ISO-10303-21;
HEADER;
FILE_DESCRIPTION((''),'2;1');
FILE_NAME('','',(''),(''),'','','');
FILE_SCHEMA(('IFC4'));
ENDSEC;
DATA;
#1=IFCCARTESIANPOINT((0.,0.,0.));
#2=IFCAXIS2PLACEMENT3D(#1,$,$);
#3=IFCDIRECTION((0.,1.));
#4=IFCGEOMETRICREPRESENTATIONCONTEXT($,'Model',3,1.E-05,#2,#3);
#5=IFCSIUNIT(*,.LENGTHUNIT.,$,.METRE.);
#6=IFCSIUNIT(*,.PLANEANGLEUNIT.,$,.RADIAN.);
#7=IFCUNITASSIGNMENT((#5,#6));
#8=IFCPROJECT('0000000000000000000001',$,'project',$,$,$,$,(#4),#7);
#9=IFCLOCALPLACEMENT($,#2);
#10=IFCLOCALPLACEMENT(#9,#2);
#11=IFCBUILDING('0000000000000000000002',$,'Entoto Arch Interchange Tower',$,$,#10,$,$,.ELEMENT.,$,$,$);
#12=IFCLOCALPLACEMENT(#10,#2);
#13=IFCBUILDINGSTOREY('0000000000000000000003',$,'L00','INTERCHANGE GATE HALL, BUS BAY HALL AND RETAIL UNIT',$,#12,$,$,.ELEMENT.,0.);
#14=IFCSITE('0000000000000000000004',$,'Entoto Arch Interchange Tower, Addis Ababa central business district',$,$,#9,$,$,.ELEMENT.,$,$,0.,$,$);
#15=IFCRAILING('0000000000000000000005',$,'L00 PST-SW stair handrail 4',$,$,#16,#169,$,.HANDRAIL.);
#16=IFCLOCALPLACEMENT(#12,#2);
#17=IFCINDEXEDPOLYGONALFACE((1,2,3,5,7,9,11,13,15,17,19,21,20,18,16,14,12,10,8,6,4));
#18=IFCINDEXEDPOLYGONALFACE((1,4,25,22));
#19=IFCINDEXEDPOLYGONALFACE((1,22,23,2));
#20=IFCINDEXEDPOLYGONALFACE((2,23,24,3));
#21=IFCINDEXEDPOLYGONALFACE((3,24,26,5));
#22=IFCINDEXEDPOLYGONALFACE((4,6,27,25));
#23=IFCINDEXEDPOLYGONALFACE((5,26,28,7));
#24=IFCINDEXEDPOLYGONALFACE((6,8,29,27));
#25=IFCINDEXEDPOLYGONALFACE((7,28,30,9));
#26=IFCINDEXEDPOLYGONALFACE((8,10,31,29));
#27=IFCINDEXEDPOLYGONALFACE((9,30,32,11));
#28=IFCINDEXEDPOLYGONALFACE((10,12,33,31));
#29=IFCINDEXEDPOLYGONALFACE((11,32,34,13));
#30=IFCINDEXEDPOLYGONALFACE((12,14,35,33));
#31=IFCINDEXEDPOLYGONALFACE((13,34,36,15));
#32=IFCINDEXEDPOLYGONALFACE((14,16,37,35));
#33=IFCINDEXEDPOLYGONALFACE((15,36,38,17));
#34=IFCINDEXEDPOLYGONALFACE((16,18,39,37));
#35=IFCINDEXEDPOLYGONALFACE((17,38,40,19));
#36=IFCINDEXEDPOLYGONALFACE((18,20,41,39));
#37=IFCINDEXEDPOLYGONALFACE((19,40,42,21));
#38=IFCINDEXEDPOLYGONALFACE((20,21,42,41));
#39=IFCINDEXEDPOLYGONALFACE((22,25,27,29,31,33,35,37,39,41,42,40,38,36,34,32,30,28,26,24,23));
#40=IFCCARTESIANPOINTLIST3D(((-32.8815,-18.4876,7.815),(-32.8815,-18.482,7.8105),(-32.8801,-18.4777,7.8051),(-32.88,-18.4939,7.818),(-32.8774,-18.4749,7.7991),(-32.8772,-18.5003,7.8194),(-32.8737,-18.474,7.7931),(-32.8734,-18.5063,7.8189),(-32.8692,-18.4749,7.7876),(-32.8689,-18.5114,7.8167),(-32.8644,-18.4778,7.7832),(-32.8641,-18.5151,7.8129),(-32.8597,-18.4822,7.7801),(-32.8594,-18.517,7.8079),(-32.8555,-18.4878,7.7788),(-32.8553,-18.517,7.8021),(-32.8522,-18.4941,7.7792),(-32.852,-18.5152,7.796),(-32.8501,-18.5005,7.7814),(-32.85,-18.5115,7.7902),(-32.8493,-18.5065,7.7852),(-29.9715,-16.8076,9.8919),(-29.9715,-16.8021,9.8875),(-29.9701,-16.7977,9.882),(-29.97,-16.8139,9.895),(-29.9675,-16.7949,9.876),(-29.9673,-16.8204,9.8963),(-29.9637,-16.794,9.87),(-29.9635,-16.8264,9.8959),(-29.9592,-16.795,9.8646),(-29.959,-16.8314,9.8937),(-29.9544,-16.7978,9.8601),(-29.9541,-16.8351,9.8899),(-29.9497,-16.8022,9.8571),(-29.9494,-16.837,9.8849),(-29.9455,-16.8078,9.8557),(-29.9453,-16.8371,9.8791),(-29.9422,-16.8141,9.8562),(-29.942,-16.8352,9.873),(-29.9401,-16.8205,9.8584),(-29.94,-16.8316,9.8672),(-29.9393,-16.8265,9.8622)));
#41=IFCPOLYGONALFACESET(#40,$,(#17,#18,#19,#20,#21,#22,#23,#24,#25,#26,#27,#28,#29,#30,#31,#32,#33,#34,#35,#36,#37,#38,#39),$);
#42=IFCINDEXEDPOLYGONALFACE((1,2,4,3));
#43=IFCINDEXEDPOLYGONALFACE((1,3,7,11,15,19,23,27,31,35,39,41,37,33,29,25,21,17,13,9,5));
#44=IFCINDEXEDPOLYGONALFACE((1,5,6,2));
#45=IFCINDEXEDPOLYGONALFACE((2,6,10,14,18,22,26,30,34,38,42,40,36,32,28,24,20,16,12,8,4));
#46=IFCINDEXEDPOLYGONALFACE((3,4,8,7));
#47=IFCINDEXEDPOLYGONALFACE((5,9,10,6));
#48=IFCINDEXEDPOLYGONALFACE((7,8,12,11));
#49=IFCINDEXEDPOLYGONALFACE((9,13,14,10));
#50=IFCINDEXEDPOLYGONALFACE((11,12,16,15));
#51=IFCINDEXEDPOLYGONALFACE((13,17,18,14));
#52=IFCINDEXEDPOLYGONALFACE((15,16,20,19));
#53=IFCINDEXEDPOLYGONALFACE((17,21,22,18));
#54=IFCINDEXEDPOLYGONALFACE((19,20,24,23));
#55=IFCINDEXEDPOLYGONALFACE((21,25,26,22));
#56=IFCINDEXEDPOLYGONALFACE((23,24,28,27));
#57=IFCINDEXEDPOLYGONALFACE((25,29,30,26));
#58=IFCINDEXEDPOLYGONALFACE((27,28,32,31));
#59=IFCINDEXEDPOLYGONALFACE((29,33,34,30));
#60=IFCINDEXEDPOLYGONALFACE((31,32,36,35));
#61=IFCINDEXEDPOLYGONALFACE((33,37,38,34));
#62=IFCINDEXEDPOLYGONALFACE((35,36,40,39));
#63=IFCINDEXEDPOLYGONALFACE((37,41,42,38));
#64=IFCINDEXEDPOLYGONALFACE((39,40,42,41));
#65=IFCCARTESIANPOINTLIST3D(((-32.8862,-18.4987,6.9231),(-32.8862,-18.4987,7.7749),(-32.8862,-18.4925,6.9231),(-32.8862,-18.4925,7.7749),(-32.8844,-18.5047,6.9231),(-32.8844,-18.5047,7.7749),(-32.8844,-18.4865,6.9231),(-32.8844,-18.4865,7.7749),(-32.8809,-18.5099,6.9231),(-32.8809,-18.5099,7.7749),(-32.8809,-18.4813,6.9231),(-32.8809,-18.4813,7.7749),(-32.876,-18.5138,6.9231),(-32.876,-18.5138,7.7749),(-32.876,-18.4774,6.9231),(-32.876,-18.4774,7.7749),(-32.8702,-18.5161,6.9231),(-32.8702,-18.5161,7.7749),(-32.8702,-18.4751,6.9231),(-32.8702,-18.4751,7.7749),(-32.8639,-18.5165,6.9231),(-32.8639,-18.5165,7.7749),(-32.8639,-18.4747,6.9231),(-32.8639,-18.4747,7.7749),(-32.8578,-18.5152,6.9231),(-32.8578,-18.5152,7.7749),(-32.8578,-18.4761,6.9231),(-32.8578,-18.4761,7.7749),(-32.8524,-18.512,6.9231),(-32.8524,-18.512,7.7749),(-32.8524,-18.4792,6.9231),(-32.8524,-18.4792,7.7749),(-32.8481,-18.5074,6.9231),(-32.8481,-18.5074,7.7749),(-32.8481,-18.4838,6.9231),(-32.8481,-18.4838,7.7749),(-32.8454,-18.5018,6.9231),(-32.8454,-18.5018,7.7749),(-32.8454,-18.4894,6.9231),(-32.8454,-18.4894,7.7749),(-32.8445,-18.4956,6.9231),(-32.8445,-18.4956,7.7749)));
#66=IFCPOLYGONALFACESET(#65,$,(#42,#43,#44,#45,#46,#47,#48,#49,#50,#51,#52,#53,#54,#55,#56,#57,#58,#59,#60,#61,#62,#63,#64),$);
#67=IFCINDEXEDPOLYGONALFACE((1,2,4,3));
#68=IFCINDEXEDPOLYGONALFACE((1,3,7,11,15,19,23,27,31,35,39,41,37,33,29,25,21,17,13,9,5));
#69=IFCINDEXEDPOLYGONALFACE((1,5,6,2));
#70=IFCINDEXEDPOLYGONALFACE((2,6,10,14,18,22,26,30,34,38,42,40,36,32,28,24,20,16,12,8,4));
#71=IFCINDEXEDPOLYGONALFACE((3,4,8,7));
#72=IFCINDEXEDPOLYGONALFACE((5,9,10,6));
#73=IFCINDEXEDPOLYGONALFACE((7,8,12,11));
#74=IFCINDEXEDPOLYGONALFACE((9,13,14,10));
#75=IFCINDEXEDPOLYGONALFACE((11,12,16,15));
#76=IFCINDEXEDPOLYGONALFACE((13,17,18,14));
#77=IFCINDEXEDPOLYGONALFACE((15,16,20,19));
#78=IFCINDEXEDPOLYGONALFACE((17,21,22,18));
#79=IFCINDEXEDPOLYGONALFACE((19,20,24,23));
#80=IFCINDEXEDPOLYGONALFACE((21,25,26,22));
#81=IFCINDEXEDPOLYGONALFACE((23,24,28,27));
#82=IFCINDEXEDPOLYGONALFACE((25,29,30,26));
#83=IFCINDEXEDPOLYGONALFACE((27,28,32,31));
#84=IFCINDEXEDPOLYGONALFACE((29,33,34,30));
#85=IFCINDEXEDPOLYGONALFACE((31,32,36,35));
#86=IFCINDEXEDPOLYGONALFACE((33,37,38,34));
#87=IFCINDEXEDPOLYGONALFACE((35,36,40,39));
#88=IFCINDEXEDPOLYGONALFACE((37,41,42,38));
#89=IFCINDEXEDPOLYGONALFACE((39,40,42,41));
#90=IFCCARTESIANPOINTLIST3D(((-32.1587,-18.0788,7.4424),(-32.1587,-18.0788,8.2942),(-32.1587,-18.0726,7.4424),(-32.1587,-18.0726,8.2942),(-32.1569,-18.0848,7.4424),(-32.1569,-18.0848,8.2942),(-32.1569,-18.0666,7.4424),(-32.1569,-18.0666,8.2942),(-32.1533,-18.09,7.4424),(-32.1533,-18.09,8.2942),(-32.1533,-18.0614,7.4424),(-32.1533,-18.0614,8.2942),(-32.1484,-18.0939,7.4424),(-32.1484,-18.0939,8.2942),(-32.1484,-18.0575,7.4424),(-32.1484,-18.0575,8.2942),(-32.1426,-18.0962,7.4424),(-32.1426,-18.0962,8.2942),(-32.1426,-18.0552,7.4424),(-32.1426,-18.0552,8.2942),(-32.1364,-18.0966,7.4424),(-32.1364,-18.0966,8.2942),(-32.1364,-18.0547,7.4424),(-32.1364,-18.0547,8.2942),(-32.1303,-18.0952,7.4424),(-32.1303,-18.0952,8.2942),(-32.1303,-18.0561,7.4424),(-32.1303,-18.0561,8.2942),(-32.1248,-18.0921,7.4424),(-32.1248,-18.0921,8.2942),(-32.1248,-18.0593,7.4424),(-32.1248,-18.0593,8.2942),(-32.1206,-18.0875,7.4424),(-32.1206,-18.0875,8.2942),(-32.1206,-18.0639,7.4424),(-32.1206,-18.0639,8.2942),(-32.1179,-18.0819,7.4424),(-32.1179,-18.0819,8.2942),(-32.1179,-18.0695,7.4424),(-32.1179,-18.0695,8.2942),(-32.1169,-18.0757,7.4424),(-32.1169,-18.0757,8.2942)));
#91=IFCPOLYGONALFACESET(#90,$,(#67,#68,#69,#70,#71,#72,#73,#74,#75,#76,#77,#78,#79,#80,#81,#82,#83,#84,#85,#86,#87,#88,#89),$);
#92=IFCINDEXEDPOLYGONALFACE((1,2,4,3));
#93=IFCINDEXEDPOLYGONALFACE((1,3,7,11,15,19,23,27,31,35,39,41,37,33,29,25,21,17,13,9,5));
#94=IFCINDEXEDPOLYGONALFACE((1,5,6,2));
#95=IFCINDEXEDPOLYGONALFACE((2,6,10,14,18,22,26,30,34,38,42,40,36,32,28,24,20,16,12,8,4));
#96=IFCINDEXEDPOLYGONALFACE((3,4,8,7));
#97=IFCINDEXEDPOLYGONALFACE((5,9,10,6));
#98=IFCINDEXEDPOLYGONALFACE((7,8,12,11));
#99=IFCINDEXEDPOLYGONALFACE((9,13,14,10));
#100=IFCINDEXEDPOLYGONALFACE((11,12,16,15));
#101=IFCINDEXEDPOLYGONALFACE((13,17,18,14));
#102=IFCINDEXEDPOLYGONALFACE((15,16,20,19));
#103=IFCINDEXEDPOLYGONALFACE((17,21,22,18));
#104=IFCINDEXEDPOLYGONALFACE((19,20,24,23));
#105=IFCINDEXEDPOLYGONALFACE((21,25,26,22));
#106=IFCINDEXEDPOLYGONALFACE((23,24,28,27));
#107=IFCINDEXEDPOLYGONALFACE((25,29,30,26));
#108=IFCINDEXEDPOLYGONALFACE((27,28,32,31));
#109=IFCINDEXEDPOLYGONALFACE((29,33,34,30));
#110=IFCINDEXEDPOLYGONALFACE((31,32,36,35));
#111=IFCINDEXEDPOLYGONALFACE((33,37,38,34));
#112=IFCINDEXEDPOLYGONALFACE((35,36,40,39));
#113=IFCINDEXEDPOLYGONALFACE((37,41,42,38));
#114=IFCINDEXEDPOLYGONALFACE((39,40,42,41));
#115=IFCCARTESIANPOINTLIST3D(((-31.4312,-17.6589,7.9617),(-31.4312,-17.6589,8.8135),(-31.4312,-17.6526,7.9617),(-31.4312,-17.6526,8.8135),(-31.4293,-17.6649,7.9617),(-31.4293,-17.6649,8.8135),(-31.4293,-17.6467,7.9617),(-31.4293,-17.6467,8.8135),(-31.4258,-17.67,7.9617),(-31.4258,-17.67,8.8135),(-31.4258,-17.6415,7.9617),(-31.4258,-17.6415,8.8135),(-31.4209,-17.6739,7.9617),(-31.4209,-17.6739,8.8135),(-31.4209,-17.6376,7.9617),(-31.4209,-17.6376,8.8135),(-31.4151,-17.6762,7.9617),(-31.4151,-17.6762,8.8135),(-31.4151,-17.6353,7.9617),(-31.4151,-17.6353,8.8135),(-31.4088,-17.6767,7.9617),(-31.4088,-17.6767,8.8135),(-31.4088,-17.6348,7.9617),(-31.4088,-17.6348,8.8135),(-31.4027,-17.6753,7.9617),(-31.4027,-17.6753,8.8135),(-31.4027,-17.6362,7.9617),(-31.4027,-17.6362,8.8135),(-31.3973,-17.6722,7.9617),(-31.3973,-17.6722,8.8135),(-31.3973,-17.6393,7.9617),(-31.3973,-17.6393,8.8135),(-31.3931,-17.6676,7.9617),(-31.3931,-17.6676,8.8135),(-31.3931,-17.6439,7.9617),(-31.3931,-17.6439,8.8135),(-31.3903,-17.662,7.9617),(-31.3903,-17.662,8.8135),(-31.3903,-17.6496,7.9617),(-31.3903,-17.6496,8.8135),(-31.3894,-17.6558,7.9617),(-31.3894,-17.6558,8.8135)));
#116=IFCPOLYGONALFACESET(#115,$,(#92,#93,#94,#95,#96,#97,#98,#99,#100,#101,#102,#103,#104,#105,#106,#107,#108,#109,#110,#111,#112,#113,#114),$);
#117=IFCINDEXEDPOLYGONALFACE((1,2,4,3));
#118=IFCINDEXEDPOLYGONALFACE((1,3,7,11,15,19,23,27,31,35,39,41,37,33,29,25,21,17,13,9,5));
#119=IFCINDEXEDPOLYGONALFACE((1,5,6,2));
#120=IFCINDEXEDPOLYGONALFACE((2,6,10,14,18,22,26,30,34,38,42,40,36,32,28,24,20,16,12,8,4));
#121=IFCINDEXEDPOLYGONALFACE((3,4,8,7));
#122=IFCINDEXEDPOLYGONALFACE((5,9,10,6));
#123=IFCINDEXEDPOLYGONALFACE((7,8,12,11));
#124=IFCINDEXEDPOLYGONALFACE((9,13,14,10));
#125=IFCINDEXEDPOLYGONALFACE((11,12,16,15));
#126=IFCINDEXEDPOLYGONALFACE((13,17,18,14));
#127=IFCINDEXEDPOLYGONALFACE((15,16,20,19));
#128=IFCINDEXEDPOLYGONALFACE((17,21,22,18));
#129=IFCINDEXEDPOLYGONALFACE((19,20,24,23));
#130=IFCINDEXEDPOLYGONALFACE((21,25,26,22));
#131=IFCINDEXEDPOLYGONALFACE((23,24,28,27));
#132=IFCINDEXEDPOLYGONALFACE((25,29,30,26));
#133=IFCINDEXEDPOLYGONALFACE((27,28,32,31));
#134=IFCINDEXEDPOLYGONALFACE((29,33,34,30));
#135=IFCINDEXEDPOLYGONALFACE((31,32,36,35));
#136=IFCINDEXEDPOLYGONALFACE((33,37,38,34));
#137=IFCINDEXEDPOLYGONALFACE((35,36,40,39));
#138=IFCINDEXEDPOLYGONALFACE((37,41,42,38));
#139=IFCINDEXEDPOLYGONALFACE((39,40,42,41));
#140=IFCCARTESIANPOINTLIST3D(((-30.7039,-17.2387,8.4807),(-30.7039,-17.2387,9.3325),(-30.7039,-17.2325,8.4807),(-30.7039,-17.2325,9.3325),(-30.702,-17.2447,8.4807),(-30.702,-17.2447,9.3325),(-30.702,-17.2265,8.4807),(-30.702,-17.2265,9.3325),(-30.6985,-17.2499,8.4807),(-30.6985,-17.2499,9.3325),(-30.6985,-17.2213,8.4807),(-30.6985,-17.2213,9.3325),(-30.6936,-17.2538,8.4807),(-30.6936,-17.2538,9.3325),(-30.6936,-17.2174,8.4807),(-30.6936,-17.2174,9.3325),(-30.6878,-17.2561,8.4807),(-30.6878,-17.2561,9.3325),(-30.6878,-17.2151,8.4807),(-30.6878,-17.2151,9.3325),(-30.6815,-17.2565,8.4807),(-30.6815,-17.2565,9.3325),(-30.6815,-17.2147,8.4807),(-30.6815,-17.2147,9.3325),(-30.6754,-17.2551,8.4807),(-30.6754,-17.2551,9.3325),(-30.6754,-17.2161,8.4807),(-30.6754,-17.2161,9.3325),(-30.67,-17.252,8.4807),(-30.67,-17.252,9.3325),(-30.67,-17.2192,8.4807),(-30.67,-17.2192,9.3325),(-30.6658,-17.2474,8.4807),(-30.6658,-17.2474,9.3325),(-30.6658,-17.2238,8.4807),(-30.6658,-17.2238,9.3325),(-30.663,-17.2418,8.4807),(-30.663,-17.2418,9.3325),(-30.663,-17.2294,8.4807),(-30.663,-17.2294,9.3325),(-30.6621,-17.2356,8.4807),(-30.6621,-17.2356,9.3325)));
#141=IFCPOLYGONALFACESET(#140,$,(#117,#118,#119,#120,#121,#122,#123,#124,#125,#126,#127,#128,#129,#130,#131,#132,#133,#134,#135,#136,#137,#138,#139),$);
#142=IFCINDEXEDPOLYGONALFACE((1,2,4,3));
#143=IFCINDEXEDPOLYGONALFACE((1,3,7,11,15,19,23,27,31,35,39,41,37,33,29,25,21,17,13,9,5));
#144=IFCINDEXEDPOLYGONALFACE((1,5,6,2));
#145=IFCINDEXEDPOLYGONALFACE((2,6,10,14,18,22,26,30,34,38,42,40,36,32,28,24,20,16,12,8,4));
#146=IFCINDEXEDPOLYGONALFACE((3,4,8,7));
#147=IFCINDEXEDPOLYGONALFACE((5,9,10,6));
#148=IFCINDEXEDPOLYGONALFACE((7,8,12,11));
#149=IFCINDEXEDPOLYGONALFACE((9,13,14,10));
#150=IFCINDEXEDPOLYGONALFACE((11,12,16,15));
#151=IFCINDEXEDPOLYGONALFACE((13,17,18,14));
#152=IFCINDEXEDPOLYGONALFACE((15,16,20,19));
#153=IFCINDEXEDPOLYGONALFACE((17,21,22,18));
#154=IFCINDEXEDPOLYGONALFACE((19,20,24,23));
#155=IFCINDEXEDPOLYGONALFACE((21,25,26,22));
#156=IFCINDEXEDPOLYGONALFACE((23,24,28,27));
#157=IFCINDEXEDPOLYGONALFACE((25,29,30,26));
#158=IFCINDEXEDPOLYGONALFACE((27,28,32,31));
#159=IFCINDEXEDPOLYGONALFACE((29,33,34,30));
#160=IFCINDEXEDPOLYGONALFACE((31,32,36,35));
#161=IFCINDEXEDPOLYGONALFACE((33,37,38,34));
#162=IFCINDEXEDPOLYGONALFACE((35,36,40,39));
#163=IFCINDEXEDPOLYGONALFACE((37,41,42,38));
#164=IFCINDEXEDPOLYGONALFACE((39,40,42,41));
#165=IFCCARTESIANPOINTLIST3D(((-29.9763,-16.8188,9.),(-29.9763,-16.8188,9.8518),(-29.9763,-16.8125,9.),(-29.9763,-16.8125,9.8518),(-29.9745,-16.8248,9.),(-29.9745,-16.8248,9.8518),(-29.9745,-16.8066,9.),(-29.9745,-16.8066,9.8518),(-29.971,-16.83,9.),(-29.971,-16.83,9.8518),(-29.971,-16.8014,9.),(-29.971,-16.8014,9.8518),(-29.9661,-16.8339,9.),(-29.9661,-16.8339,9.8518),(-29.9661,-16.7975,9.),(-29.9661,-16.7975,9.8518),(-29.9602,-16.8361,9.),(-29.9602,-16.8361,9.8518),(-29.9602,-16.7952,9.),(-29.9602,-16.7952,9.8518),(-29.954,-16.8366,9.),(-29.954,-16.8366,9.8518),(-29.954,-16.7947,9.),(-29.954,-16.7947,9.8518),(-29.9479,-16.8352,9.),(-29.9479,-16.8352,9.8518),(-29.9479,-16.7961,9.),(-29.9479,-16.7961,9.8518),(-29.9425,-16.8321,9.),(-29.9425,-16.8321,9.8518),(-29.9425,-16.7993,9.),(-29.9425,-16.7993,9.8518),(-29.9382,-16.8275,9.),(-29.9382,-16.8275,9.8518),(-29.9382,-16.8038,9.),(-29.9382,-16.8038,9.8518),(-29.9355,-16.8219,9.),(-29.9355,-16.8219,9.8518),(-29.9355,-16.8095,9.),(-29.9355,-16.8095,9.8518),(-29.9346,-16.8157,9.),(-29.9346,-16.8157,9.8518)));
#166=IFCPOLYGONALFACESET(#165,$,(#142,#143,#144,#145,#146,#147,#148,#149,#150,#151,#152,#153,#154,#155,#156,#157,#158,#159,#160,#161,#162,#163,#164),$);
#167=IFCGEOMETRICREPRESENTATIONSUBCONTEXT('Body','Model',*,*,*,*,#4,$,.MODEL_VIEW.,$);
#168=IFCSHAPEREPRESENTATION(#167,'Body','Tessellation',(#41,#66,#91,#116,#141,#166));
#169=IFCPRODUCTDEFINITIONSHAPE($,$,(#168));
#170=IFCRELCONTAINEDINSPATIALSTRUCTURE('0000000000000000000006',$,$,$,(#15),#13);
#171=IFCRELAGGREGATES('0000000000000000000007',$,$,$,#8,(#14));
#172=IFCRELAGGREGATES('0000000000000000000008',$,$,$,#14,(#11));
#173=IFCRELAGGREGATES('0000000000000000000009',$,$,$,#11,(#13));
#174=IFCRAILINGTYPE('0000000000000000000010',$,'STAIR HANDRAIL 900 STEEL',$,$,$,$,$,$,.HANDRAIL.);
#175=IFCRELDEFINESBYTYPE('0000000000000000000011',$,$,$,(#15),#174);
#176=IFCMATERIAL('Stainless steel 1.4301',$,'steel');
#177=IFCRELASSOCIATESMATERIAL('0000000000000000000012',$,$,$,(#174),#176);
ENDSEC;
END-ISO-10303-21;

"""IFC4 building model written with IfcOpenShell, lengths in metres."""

from ifc_helpers import new_model, si_unit, direction, frame, origin, origin_2d, place, context, subcontext, project, spatial, circle, extrude, material, type_object, element, save


model = new_model("IFC4")

# Units and contexts
model_context = context("Model", 3, precision=1e-05, world=origin(), true_north=direction((0.0, 1.0)))
body_context = subcontext(model_context, "Body", "Model", "MODEL_VIEW")
ifc_project = project(units=[si_unit("LENGTHUNIT", "METRE"), si_unit("PLANEANGLEUNIT", "RADIAN")], contexts=[model_context])

# Site, building, storey
site_placement = place(None, origin())
site = spatial("IfcSite", under=ifc_project, at=site_placement, Name="Entoto Arch Interchange Tower, Addis Ababa central business district", CompositionType="ELEMENT", RefElevation=0.0)
building_placement = place(site_placement, origin())
building = spatial("IfcBuilding", under=site, at=building_placement, Name="Entoto Arch Interchange Tower", CompositionType="ELEMENT")
storey_placement = place(building_placement, origin())
storey = spatial("IfcBuildingStorey", under=building, at=storey_placement, Name="L00", Description="INTERCHANGE GATE HALL, BUS BAY HALL AND RETAIL UNIT", CompositionType="ELEMENT", Elevation=0.0)

# Railing
ifc_material_1 = material(Name="Stainless steel 1.4301", Category="steel")
railing_type = type_object("IfcRailingType", Name="STAIR HANDRAIL 900 STEEL", PredefinedType="HANDRAIL", material=ifc_material_1)
for number, where, name in (
    (1, (-32.8655, -18.4956, 6.9231), "L00 PST-SW stair handrail 4"),
):
    element("IfcRailing", number, at=place(storey_placement, frame(where)), inside=storey, type_object=railing_type, Name=name, PredefinedType="HANDRAIL", context=body_context, shape_type="SweptSolid", body=[
        extrude(circle(Radius=0.0239, at=origin_2d()), frame((0.0, 0.0, 0.876), z_axis=(0.736668, 0.425288, 0.525785), x_axis=(-0.499976, 0.866039, 0.0)), (0.0, 0.0, 1.0), 3.9502),
        extrude(circle(Radius=0.021, at=origin_2d()), origin(), (0.0, 0.0, 1.0), 0.8518),
        extrude(circle(Radius=0.021, at=origin_2d()), frame((0.7275, 0.4199, 0.5193)), (0.0, 0.0, 1.0), 0.8518),
        extrude(circle(Radius=0.021, at=origin_2d()), frame((1.4551, 0.8398, 1.0386)), (0.0, 0.0, 1.0), 0.8518),
        extrude(circle(Radius=0.021, at=origin_2d()), frame((2.1824, 1.26, 1.5576)), (0.0, 0.0, 1.0), 0.8518),
        extrude(circle(Radius=0.021, at=origin_2d()), frame((2.9099, 1.6799, 2.0769)), (0.0, 0.0, 1.0), 0.8518),
    ])

save(model, "model.ifc")
